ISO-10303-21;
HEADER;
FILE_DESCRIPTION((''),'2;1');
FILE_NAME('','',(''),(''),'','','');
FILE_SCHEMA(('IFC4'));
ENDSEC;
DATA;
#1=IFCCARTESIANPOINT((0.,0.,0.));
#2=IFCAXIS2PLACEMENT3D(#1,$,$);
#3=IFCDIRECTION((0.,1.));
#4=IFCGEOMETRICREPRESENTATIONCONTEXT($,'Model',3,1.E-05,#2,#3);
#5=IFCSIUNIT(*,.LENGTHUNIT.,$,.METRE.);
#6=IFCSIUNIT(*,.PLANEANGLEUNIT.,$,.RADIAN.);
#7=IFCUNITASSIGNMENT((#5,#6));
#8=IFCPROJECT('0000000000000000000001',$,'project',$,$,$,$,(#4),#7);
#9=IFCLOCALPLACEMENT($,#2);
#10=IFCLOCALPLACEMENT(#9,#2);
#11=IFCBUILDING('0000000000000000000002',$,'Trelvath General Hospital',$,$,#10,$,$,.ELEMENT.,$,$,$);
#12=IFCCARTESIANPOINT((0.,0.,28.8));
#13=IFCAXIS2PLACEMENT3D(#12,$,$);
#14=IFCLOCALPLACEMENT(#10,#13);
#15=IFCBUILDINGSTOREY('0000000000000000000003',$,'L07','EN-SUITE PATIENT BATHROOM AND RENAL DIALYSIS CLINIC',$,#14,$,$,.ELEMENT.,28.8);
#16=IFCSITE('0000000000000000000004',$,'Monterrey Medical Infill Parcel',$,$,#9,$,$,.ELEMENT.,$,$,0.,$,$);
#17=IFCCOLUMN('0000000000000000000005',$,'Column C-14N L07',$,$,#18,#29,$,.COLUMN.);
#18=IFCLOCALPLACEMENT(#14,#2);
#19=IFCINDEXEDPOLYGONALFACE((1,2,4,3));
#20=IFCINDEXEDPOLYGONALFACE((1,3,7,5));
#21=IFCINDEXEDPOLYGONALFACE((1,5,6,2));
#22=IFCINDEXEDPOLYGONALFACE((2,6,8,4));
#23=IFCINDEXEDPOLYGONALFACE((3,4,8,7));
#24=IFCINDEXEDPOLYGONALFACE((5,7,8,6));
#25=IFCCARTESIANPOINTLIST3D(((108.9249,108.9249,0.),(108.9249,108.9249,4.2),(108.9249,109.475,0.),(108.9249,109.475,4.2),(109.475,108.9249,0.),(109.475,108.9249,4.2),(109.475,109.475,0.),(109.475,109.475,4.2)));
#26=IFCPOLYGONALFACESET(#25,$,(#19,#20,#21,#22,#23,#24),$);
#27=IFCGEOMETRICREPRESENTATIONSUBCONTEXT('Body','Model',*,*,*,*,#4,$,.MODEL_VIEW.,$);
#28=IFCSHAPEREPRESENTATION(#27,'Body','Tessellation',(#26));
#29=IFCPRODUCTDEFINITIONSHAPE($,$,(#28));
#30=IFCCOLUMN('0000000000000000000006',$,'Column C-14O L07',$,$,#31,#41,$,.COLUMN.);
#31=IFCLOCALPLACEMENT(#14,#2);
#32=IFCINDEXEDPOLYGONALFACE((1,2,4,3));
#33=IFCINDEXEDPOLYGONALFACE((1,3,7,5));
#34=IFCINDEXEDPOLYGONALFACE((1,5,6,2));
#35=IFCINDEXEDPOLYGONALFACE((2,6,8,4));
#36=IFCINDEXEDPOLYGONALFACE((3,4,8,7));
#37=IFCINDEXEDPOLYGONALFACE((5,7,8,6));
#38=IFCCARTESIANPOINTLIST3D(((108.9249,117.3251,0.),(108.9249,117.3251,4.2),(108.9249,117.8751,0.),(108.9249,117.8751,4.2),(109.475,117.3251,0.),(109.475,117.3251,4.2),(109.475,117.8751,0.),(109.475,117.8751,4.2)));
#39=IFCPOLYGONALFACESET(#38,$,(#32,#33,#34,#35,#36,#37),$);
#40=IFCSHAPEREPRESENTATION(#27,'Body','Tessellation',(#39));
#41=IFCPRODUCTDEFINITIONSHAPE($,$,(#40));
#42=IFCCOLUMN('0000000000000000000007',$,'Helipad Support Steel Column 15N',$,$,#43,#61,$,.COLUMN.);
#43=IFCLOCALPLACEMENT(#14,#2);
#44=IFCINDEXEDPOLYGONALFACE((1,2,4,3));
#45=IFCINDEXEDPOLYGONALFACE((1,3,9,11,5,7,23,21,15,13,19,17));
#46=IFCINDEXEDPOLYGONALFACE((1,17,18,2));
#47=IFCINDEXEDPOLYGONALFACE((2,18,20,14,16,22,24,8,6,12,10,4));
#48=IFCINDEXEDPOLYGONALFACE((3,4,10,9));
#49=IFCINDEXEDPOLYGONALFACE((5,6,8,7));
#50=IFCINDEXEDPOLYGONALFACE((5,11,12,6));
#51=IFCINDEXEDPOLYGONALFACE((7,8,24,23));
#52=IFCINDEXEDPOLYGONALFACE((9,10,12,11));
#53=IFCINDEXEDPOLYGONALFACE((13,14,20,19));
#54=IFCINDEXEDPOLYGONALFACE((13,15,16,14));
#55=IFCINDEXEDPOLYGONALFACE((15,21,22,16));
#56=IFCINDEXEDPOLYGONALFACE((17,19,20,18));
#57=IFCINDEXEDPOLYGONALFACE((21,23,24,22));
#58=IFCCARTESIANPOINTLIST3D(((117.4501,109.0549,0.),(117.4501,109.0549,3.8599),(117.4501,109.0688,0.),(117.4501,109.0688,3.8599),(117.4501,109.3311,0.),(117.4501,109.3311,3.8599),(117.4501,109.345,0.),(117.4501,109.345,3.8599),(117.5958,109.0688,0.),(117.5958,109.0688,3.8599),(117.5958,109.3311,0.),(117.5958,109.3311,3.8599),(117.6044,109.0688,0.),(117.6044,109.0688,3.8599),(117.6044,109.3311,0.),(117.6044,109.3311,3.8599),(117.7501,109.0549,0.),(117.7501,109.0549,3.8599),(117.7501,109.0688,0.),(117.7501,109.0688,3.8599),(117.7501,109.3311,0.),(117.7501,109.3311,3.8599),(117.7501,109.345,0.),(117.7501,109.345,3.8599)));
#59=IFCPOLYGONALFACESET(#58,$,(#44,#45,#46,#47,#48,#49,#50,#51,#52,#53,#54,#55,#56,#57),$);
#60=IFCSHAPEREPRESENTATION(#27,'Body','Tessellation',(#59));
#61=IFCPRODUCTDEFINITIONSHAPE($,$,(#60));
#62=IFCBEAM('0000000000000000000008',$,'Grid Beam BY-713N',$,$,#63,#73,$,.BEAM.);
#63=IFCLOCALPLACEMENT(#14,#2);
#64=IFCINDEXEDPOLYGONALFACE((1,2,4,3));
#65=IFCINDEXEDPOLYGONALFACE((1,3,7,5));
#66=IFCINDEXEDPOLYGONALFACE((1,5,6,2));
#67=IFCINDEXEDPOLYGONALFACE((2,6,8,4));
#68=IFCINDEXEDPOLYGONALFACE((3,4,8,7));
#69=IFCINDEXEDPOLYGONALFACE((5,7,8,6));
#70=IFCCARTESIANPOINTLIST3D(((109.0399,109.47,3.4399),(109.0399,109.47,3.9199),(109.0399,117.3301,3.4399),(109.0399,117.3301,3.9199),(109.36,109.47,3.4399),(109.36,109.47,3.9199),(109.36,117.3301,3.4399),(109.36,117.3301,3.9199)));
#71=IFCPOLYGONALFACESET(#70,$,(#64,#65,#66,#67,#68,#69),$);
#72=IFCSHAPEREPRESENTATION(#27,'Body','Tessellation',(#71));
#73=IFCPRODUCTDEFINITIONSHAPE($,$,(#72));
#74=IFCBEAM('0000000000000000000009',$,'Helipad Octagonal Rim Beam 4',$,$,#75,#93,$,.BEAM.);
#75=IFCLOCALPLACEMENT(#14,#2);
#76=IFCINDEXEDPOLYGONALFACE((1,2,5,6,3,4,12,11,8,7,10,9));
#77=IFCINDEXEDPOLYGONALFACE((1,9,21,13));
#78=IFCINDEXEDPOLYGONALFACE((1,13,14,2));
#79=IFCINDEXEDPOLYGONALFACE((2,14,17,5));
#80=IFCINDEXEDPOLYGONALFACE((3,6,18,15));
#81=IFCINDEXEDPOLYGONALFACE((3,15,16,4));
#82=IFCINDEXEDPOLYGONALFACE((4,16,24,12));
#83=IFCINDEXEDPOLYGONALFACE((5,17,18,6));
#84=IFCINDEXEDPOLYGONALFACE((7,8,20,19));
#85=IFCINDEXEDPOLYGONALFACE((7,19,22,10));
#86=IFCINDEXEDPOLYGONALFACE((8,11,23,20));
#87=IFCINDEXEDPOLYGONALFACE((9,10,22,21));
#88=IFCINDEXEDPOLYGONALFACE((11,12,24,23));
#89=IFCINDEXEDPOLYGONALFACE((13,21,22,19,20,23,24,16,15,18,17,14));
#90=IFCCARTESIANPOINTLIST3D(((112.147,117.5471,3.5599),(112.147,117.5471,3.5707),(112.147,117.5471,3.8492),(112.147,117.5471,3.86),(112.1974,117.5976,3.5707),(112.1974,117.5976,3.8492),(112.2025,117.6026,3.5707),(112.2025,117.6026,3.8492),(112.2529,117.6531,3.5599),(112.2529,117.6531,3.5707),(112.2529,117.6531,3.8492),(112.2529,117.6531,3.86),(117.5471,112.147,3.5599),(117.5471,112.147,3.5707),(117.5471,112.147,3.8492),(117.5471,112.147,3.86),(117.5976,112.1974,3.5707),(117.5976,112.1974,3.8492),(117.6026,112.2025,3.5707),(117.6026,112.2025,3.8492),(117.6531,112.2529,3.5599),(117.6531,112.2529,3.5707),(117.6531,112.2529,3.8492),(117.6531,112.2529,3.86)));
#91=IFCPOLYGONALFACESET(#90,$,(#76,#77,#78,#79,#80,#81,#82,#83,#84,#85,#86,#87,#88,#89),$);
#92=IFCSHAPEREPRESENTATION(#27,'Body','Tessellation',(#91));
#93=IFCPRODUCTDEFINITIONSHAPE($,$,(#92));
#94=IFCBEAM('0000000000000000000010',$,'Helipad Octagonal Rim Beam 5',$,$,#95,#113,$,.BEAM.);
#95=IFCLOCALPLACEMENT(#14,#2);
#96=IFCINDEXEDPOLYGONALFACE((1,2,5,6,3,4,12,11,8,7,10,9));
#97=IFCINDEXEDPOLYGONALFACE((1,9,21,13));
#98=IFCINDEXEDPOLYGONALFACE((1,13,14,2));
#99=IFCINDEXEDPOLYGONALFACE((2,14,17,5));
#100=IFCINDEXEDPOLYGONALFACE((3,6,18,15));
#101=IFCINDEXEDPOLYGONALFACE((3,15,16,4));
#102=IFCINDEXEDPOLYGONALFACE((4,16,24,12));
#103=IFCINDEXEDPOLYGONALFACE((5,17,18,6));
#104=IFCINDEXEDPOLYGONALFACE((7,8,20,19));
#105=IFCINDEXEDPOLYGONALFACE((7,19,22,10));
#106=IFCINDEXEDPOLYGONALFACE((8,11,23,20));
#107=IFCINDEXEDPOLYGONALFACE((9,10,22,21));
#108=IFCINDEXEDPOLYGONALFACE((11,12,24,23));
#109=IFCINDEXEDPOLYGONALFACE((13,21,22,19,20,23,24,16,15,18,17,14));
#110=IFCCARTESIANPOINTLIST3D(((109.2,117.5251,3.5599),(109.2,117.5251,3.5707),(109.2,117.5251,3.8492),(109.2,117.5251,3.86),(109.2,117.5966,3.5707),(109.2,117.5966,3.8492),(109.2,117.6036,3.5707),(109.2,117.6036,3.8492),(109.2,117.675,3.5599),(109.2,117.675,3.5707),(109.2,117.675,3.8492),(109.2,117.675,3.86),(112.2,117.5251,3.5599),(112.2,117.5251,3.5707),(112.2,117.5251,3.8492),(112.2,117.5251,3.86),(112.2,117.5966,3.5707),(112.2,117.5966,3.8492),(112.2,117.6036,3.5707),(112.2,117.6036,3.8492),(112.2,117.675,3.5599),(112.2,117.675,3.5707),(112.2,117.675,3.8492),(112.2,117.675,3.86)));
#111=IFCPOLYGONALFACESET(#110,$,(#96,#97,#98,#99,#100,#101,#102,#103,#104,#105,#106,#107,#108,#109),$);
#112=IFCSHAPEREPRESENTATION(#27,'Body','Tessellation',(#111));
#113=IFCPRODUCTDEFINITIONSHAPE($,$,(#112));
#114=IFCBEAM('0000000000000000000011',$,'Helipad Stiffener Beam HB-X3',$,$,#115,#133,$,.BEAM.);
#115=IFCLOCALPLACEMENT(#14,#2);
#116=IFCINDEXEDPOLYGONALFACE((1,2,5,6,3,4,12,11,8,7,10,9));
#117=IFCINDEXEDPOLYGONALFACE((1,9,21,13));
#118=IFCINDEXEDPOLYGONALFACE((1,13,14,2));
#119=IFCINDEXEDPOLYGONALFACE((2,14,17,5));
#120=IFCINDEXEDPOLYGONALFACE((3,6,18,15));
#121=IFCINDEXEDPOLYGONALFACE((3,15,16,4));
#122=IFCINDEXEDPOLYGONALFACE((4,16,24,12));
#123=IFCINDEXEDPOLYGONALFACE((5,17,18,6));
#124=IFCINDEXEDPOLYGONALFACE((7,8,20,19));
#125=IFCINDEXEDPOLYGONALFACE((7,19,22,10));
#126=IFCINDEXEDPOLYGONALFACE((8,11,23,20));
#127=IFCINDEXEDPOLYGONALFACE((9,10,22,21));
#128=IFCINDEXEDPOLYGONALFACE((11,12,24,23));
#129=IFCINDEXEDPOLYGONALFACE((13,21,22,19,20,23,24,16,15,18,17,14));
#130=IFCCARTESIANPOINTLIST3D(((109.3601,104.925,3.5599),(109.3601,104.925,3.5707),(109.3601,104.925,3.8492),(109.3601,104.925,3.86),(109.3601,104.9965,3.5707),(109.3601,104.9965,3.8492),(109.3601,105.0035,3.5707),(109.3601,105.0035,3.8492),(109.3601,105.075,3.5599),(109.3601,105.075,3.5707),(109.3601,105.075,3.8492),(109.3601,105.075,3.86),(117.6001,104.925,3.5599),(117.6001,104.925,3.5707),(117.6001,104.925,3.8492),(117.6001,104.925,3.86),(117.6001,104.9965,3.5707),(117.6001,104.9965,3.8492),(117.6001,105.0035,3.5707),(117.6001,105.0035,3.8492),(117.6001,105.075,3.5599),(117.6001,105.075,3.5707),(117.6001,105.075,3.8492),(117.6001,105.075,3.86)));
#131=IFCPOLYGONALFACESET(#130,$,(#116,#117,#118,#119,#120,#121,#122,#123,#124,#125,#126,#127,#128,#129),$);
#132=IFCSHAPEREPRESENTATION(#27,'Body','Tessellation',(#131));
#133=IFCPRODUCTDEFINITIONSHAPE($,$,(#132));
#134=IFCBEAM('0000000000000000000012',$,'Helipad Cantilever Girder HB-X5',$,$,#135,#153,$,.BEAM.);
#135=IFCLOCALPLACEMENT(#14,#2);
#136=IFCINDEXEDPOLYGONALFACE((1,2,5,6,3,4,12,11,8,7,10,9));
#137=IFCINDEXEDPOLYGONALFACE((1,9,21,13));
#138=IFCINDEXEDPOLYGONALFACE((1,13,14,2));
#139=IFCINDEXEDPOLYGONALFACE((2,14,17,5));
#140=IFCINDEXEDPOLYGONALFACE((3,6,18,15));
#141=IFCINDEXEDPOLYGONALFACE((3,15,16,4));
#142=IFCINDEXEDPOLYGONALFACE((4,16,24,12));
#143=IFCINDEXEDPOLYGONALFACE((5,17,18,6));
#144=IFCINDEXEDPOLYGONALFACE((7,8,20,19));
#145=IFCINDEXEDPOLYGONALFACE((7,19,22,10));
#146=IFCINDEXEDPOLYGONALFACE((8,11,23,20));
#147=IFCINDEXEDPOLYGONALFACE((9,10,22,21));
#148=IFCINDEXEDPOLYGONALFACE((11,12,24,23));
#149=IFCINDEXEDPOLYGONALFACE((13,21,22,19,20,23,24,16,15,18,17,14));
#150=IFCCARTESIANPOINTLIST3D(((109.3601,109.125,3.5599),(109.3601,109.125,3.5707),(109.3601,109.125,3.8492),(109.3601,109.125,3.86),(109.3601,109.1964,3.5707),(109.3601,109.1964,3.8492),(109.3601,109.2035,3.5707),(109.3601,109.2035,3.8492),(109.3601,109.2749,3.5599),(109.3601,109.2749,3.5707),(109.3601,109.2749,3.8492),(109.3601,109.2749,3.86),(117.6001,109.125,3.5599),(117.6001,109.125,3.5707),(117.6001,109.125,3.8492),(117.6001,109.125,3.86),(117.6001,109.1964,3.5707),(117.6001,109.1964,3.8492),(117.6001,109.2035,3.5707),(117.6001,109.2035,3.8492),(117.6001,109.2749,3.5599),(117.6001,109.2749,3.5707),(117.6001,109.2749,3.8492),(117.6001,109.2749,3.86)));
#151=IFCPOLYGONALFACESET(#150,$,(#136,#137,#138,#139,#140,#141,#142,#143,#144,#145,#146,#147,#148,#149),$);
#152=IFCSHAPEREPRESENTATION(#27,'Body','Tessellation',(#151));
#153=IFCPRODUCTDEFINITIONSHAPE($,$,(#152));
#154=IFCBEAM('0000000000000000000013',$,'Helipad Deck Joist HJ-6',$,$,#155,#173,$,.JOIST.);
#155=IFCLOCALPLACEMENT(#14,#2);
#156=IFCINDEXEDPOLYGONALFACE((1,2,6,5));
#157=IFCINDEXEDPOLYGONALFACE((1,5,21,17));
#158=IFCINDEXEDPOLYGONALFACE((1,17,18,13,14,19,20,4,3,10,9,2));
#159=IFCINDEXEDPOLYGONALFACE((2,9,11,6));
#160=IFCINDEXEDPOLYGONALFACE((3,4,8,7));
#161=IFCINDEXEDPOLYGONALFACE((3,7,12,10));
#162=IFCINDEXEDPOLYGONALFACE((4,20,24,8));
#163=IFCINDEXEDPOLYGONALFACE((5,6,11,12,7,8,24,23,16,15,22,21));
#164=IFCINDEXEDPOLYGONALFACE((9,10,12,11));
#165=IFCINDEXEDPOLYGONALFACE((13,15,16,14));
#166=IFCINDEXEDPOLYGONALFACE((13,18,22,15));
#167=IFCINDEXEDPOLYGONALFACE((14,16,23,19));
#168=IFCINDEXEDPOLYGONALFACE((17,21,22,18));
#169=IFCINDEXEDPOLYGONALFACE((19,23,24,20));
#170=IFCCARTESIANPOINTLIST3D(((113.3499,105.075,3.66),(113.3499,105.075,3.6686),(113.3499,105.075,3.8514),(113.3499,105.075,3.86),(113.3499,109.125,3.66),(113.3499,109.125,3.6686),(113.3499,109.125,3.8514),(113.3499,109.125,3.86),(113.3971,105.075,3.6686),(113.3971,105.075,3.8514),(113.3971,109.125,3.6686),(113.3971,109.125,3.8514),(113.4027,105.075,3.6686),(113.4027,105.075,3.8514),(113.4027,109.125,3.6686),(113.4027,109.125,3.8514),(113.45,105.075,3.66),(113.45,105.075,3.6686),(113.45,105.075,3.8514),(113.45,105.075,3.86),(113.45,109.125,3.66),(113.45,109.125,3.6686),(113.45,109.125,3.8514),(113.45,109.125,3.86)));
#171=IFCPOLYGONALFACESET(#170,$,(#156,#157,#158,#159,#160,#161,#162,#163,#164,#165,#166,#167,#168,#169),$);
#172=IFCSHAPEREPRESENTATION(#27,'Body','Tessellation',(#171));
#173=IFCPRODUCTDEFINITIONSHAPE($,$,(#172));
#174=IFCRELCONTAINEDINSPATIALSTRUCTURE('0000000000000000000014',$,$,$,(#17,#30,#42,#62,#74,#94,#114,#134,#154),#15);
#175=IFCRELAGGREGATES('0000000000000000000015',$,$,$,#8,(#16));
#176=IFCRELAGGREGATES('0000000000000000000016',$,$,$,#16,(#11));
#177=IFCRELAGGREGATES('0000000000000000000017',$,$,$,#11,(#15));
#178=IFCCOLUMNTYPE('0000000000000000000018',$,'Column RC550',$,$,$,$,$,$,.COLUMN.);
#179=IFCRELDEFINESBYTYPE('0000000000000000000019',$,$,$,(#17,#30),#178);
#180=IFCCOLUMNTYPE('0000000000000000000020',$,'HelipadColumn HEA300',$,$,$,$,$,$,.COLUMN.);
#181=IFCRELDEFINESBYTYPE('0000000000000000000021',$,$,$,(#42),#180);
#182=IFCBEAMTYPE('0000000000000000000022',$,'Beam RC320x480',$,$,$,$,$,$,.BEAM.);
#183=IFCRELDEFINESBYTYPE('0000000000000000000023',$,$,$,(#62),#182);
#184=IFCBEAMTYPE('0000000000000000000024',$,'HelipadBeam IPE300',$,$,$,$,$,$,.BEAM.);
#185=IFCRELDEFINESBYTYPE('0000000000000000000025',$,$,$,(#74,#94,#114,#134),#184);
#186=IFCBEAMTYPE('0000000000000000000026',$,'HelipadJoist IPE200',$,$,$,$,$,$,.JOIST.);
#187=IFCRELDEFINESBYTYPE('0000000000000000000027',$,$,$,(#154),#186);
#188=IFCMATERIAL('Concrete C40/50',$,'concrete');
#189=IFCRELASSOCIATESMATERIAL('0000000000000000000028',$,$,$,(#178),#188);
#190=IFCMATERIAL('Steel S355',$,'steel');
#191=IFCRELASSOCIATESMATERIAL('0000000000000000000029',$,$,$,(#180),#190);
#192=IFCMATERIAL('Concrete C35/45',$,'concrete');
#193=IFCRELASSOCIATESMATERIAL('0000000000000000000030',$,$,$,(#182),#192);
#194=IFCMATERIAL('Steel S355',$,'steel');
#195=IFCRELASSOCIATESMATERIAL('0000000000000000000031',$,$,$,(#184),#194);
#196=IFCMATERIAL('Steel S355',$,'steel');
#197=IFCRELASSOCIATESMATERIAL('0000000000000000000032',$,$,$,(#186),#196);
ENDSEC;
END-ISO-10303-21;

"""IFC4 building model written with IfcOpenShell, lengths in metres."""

from ifc_helpers import new_model, si_unit, direction, frame, origin, origin_2d, place, context, subcontext, project, spatial, rectangle, i_section, extrude, material, material_profile, profile_set, type_object, element, save


model = new_model("IFC4")

# Units and contexts
model_context = context("Model", 3, precision=1e-05, world=origin(), true_north=direction((0.0, 1.0)))
body_context = subcontext(model_context, "Body", "Model", "MODEL_VIEW")
ifc_project = project(units=[si_unit("LENGTHUNIT", "METRE"), si_unit("PLANEANGLEUNIT", "RADIAN")], contexts=[model_context])

# Site, building, storey
site_placement = place(None, origin())
site = spatial("IfcSite", under=ifc_project, at=site_placement, Name="Monterrey Medical Infill Parcel", CompositionType="ELEMENT", RefElevation=0.0)
building_placement = place(site_placement, origin())
building = spatial("IfcBuilding", under=site, at=building_placement, Name="Trelvath General Hospital", CompositionType="ELEMENT")
storey_placement = place(building_placement, frame((0.0, 0.0, 28.8)))
storey = spatial("IfcBuildingStorey", under=building, at=storey_placement, Name="L07", Description="EN-SUITE PATIENT BATHROOM AND RENAL DIALYSIS CLINIC", CompositionType="ELEMENT", Elevation=28.8)

# Columns
ifc_material_1 = material(Name="Concrete C40/50", Category="concrete")
ifc_material_profile_1 = material_profile(ifc_material_1, rectangle(XDim=0.55, YDim=0.55, at=origin_2d()), Name="RC550x550")
ifc_profile_set_1 = profile_set([ifc_material_profile_1], Name="Concrete C40/50")
column_type_1 = type_object("IfcColumnType", Name="Column RC550", PredefinedType="COLUMN", material=ifc_profile_set_1)
for number, where, z_axis, x_axis, name in (
    (1, (109.2, 109.2, 0.0), (0.0, 0.0, 1.0), (1.0, 0.0, 0.0), "Column C-14N L07"),
    (2, (109.2, 117.6001, 0.0), (0.0, 0.0, 1.0), (1.0, 0.0, 0.0), "Column C-14O L07"),
):
    element("IfcColumn", number, at=place(storey_placement, frame(where, z_axis=z_axis, x_axis=x_axis)), inside=storey, type_object=column_type_1, Name=name, PredefinedType="COLUMN", context=body_context, shape_type="SweptSolid", body=[
        extrude(rectangle(XDim=0.55, YDim=0.55, at=origin_2d()), origin(), (0.0, 0.0, 1.0), 4.2),
    ])
ifc_material_2 = material(Name="Steel S355", Category="steel")
ifc_material_profile_2 = material_profile(ifc_material_2, i_section(OverallWidth=0.3, OverallDepth=0.29, WebThickness=0.0085, FlangeThickness=0.0139, at=origin_2d()), Name="HEA300")
ifc_profile_set_2 = profile_set([ifc_material_profile_2], Name="Steel S355")
column_type_2 = type_object("IfcColumnType", Name="HelipadColumn HEA300", PredefinedType="COLUMN", material=ifc_profile_set_2)
column_placement = place(storey_placement, frame((117.6001, 109.2, 0.0), z_axis=(0.0, 0.0, 1.0), x_axis=(1.0, 0.0, 0.0)))
element("IfcColumn", 3, at=column_placement, inside=storey, type_object=column_type_2, Name="Helipad Support Steel Column 15N", PredefinedType="COLUMN", context=body_context, shape_type="SweptSolid", body=[
    extrude(i_section(OverallWidth=0.3, OverallDepth=0.29, WebThickness=0.0085, FlangeThickness=0.0139, at=origin_2d()), origin(), (0.0, 0.0, 1.0), 3.8599),
])

# Beams
ifc_material_3 = material(Name="Concrete C35/45", Category="concrete")
ifc_material_profile_3 = material_profile(ifc_material_3, rectangle(XDim=0.3201, YDim=0.48, at=origin_2d()), Name="RCB320x480")
ifc_profile_set_3 = profile_set([ifc_material_profile_3], Name="Concrete C35/45")
beam_type_1 = type_object("IfcBeamType", Name="Beam RC320x480", PredefinedType="BEAM", material=ifc_profile_set_3)
beam_1_placement = place(storey_placement, frame((109.2, 109.47, 3.6799), z_axis=(0.0, 1.0, 0.0), x_axis=(-1.0, 0.0, 0.0)))
element("IfcBeam", 4, at=beam_1_placement, inside=storey, type_object=beam_type_1, Name="Grid Beam BY-713N", PredefinedType="BEAM", context=body_context, shape_type="SweptSolid", body=[
    extrude(rectangle(XDim=0.3201, YDim=0.48, at=origin_2d()), origin(), (0.0, 0.0, 1.0), 7.8601),
])
ifc_material_4 = material(Name="Steel S355", Category="steel")
ifc_material_profile_4 = material_profile(ifc_material_4, i_section(OverallWidth=0.1499, OverallDepth=0.3, WebThickness=0.0071, FlangeThickness=0.0107, at=origin_2d()), Name="IPE300")
ifc_profile_set_4 = profile_set([ifc_material_profile_4], Name="Steel S355")
beam_type_2 = type_object("IfcBeamType", Name="HelipadBeam IPE300", PredefinedType="BEAM", material=ifc_profile_set_4)
beam_2_placement = place(storey_placement, frame((117.6001, 112.2, 3.71), z_axis=(-0.707107, 0.707107, 0.0), x_axis=(-0.707107, -0.707107, 0.0)))
element("IfcBeam", 5, at=beam_2_placement, inside=storey, type_object=beam_type_2, Name="Helipad Octagonal Rim Beam 4", PredefinedType="BEAM", context=body_context, shape_type="SweptSolid", body=[
    extrude(i_section(OverallWidth=0.1499, OverallDepth=0.3, WebThickness=0.0071, FlangeThickness=0.0107, at=origin_2d()), origin(), (0.0, 0.0, 1.0), 7.637),
])
beam_3_placement = place(storey_placement, frame((112.2, 117.6001, 3.71), z_axis=(-1.0, 0.0, 0.0), x_axis=(0.0, -1.0, 0.0)))
element("IfcBeam", 6, at=beam_3_placement, inside=storey, type_object=beam_type_2, Name="Helipad Octagonal Rim Beam 5", PredefinedType="BEAM", context=body_context, shape_type="SweptSolid", body=[
    extrude(i_section(OverallWidth=0.1499, OverallDepth=0.3, WebThickness=0.0071, FlangeThickness=0.0107, at=origin_2d()), origin(), (0.0, 0.0, 1.0), 3.0),
])
for number, where, z_axis, x_axis, name in (
    (7, (109.3601, 105.0, 3.71), (1.0, 0.0, 0.0), (0.0, 1.0, 0.0), "Helipad Stiffener Beam HB-X3"),
    (8, (109.3601, 109.2, 3.71), (1.0, 0.0, 0.0), (0.0, 1.0, 0.0), "Helipad Cantilever Girder HB-X5"),
):
    element("IfcBeam", number, at=place(storey_placement, frame(where, z_axis=z_axis, x_axis=x_axis)), inside=storey, type_object=beam_type_2, Name=name, PredefinedType="BEAM", context=body_context, shape_type="SweptSolid", body=[
        extrude(i_section(OverallWidth=0.1499, OverallDepth=0.3, WebThickness=0.0071, FlangeThickness=0.0107, at=origin_2d()), origin(), (0.0, 0.0, 1.0), 8.24),
    ])
ifc_material_5 = material(Name="Steel S355", Category="steel")
ifc_material_profile_5 = material_profile(ifc_material_5, i_section(OverallWidth=0.1001, OverallDepth=0.2, WebThickness=0.0056, FlangeThickness=0.0085, at=origin_2d()), Name="IPE200")
ifc_profile_set_5 = profile_set([ifc_material_profile_5], Name="Steel S355")
beam_type_3 = type_object("IfcBeamType", Name="HelipadJoist IPE200", PredefinedType="JOIST", material=ifc_profile_set_5)
beam_4_placement = place(storey_placement, frame((113.3999, 105.075, 3.76), z_axis=(0.0, 1.0, 0.0), x_axis=(-1.0, 0.0, 0.0)))
element("IfcBeam", 9, at=beam_4_placement, inside=storey, type_object=beam_type_3, Name="Helipad Deck Joist HJ-6", PredefinedType="JOIST", context=body_context, shape_type="SweptSolid", body=[
    extrude(i_section(OverallWidth=0.1001, OverallDepth=0.2, WebThickness=0.0056, FlangeThickness=0.0085, at=origin_2d()), origin(), (0.0, 0.0, 1.0), 4.05),
])

save(model, "model.ifc")
